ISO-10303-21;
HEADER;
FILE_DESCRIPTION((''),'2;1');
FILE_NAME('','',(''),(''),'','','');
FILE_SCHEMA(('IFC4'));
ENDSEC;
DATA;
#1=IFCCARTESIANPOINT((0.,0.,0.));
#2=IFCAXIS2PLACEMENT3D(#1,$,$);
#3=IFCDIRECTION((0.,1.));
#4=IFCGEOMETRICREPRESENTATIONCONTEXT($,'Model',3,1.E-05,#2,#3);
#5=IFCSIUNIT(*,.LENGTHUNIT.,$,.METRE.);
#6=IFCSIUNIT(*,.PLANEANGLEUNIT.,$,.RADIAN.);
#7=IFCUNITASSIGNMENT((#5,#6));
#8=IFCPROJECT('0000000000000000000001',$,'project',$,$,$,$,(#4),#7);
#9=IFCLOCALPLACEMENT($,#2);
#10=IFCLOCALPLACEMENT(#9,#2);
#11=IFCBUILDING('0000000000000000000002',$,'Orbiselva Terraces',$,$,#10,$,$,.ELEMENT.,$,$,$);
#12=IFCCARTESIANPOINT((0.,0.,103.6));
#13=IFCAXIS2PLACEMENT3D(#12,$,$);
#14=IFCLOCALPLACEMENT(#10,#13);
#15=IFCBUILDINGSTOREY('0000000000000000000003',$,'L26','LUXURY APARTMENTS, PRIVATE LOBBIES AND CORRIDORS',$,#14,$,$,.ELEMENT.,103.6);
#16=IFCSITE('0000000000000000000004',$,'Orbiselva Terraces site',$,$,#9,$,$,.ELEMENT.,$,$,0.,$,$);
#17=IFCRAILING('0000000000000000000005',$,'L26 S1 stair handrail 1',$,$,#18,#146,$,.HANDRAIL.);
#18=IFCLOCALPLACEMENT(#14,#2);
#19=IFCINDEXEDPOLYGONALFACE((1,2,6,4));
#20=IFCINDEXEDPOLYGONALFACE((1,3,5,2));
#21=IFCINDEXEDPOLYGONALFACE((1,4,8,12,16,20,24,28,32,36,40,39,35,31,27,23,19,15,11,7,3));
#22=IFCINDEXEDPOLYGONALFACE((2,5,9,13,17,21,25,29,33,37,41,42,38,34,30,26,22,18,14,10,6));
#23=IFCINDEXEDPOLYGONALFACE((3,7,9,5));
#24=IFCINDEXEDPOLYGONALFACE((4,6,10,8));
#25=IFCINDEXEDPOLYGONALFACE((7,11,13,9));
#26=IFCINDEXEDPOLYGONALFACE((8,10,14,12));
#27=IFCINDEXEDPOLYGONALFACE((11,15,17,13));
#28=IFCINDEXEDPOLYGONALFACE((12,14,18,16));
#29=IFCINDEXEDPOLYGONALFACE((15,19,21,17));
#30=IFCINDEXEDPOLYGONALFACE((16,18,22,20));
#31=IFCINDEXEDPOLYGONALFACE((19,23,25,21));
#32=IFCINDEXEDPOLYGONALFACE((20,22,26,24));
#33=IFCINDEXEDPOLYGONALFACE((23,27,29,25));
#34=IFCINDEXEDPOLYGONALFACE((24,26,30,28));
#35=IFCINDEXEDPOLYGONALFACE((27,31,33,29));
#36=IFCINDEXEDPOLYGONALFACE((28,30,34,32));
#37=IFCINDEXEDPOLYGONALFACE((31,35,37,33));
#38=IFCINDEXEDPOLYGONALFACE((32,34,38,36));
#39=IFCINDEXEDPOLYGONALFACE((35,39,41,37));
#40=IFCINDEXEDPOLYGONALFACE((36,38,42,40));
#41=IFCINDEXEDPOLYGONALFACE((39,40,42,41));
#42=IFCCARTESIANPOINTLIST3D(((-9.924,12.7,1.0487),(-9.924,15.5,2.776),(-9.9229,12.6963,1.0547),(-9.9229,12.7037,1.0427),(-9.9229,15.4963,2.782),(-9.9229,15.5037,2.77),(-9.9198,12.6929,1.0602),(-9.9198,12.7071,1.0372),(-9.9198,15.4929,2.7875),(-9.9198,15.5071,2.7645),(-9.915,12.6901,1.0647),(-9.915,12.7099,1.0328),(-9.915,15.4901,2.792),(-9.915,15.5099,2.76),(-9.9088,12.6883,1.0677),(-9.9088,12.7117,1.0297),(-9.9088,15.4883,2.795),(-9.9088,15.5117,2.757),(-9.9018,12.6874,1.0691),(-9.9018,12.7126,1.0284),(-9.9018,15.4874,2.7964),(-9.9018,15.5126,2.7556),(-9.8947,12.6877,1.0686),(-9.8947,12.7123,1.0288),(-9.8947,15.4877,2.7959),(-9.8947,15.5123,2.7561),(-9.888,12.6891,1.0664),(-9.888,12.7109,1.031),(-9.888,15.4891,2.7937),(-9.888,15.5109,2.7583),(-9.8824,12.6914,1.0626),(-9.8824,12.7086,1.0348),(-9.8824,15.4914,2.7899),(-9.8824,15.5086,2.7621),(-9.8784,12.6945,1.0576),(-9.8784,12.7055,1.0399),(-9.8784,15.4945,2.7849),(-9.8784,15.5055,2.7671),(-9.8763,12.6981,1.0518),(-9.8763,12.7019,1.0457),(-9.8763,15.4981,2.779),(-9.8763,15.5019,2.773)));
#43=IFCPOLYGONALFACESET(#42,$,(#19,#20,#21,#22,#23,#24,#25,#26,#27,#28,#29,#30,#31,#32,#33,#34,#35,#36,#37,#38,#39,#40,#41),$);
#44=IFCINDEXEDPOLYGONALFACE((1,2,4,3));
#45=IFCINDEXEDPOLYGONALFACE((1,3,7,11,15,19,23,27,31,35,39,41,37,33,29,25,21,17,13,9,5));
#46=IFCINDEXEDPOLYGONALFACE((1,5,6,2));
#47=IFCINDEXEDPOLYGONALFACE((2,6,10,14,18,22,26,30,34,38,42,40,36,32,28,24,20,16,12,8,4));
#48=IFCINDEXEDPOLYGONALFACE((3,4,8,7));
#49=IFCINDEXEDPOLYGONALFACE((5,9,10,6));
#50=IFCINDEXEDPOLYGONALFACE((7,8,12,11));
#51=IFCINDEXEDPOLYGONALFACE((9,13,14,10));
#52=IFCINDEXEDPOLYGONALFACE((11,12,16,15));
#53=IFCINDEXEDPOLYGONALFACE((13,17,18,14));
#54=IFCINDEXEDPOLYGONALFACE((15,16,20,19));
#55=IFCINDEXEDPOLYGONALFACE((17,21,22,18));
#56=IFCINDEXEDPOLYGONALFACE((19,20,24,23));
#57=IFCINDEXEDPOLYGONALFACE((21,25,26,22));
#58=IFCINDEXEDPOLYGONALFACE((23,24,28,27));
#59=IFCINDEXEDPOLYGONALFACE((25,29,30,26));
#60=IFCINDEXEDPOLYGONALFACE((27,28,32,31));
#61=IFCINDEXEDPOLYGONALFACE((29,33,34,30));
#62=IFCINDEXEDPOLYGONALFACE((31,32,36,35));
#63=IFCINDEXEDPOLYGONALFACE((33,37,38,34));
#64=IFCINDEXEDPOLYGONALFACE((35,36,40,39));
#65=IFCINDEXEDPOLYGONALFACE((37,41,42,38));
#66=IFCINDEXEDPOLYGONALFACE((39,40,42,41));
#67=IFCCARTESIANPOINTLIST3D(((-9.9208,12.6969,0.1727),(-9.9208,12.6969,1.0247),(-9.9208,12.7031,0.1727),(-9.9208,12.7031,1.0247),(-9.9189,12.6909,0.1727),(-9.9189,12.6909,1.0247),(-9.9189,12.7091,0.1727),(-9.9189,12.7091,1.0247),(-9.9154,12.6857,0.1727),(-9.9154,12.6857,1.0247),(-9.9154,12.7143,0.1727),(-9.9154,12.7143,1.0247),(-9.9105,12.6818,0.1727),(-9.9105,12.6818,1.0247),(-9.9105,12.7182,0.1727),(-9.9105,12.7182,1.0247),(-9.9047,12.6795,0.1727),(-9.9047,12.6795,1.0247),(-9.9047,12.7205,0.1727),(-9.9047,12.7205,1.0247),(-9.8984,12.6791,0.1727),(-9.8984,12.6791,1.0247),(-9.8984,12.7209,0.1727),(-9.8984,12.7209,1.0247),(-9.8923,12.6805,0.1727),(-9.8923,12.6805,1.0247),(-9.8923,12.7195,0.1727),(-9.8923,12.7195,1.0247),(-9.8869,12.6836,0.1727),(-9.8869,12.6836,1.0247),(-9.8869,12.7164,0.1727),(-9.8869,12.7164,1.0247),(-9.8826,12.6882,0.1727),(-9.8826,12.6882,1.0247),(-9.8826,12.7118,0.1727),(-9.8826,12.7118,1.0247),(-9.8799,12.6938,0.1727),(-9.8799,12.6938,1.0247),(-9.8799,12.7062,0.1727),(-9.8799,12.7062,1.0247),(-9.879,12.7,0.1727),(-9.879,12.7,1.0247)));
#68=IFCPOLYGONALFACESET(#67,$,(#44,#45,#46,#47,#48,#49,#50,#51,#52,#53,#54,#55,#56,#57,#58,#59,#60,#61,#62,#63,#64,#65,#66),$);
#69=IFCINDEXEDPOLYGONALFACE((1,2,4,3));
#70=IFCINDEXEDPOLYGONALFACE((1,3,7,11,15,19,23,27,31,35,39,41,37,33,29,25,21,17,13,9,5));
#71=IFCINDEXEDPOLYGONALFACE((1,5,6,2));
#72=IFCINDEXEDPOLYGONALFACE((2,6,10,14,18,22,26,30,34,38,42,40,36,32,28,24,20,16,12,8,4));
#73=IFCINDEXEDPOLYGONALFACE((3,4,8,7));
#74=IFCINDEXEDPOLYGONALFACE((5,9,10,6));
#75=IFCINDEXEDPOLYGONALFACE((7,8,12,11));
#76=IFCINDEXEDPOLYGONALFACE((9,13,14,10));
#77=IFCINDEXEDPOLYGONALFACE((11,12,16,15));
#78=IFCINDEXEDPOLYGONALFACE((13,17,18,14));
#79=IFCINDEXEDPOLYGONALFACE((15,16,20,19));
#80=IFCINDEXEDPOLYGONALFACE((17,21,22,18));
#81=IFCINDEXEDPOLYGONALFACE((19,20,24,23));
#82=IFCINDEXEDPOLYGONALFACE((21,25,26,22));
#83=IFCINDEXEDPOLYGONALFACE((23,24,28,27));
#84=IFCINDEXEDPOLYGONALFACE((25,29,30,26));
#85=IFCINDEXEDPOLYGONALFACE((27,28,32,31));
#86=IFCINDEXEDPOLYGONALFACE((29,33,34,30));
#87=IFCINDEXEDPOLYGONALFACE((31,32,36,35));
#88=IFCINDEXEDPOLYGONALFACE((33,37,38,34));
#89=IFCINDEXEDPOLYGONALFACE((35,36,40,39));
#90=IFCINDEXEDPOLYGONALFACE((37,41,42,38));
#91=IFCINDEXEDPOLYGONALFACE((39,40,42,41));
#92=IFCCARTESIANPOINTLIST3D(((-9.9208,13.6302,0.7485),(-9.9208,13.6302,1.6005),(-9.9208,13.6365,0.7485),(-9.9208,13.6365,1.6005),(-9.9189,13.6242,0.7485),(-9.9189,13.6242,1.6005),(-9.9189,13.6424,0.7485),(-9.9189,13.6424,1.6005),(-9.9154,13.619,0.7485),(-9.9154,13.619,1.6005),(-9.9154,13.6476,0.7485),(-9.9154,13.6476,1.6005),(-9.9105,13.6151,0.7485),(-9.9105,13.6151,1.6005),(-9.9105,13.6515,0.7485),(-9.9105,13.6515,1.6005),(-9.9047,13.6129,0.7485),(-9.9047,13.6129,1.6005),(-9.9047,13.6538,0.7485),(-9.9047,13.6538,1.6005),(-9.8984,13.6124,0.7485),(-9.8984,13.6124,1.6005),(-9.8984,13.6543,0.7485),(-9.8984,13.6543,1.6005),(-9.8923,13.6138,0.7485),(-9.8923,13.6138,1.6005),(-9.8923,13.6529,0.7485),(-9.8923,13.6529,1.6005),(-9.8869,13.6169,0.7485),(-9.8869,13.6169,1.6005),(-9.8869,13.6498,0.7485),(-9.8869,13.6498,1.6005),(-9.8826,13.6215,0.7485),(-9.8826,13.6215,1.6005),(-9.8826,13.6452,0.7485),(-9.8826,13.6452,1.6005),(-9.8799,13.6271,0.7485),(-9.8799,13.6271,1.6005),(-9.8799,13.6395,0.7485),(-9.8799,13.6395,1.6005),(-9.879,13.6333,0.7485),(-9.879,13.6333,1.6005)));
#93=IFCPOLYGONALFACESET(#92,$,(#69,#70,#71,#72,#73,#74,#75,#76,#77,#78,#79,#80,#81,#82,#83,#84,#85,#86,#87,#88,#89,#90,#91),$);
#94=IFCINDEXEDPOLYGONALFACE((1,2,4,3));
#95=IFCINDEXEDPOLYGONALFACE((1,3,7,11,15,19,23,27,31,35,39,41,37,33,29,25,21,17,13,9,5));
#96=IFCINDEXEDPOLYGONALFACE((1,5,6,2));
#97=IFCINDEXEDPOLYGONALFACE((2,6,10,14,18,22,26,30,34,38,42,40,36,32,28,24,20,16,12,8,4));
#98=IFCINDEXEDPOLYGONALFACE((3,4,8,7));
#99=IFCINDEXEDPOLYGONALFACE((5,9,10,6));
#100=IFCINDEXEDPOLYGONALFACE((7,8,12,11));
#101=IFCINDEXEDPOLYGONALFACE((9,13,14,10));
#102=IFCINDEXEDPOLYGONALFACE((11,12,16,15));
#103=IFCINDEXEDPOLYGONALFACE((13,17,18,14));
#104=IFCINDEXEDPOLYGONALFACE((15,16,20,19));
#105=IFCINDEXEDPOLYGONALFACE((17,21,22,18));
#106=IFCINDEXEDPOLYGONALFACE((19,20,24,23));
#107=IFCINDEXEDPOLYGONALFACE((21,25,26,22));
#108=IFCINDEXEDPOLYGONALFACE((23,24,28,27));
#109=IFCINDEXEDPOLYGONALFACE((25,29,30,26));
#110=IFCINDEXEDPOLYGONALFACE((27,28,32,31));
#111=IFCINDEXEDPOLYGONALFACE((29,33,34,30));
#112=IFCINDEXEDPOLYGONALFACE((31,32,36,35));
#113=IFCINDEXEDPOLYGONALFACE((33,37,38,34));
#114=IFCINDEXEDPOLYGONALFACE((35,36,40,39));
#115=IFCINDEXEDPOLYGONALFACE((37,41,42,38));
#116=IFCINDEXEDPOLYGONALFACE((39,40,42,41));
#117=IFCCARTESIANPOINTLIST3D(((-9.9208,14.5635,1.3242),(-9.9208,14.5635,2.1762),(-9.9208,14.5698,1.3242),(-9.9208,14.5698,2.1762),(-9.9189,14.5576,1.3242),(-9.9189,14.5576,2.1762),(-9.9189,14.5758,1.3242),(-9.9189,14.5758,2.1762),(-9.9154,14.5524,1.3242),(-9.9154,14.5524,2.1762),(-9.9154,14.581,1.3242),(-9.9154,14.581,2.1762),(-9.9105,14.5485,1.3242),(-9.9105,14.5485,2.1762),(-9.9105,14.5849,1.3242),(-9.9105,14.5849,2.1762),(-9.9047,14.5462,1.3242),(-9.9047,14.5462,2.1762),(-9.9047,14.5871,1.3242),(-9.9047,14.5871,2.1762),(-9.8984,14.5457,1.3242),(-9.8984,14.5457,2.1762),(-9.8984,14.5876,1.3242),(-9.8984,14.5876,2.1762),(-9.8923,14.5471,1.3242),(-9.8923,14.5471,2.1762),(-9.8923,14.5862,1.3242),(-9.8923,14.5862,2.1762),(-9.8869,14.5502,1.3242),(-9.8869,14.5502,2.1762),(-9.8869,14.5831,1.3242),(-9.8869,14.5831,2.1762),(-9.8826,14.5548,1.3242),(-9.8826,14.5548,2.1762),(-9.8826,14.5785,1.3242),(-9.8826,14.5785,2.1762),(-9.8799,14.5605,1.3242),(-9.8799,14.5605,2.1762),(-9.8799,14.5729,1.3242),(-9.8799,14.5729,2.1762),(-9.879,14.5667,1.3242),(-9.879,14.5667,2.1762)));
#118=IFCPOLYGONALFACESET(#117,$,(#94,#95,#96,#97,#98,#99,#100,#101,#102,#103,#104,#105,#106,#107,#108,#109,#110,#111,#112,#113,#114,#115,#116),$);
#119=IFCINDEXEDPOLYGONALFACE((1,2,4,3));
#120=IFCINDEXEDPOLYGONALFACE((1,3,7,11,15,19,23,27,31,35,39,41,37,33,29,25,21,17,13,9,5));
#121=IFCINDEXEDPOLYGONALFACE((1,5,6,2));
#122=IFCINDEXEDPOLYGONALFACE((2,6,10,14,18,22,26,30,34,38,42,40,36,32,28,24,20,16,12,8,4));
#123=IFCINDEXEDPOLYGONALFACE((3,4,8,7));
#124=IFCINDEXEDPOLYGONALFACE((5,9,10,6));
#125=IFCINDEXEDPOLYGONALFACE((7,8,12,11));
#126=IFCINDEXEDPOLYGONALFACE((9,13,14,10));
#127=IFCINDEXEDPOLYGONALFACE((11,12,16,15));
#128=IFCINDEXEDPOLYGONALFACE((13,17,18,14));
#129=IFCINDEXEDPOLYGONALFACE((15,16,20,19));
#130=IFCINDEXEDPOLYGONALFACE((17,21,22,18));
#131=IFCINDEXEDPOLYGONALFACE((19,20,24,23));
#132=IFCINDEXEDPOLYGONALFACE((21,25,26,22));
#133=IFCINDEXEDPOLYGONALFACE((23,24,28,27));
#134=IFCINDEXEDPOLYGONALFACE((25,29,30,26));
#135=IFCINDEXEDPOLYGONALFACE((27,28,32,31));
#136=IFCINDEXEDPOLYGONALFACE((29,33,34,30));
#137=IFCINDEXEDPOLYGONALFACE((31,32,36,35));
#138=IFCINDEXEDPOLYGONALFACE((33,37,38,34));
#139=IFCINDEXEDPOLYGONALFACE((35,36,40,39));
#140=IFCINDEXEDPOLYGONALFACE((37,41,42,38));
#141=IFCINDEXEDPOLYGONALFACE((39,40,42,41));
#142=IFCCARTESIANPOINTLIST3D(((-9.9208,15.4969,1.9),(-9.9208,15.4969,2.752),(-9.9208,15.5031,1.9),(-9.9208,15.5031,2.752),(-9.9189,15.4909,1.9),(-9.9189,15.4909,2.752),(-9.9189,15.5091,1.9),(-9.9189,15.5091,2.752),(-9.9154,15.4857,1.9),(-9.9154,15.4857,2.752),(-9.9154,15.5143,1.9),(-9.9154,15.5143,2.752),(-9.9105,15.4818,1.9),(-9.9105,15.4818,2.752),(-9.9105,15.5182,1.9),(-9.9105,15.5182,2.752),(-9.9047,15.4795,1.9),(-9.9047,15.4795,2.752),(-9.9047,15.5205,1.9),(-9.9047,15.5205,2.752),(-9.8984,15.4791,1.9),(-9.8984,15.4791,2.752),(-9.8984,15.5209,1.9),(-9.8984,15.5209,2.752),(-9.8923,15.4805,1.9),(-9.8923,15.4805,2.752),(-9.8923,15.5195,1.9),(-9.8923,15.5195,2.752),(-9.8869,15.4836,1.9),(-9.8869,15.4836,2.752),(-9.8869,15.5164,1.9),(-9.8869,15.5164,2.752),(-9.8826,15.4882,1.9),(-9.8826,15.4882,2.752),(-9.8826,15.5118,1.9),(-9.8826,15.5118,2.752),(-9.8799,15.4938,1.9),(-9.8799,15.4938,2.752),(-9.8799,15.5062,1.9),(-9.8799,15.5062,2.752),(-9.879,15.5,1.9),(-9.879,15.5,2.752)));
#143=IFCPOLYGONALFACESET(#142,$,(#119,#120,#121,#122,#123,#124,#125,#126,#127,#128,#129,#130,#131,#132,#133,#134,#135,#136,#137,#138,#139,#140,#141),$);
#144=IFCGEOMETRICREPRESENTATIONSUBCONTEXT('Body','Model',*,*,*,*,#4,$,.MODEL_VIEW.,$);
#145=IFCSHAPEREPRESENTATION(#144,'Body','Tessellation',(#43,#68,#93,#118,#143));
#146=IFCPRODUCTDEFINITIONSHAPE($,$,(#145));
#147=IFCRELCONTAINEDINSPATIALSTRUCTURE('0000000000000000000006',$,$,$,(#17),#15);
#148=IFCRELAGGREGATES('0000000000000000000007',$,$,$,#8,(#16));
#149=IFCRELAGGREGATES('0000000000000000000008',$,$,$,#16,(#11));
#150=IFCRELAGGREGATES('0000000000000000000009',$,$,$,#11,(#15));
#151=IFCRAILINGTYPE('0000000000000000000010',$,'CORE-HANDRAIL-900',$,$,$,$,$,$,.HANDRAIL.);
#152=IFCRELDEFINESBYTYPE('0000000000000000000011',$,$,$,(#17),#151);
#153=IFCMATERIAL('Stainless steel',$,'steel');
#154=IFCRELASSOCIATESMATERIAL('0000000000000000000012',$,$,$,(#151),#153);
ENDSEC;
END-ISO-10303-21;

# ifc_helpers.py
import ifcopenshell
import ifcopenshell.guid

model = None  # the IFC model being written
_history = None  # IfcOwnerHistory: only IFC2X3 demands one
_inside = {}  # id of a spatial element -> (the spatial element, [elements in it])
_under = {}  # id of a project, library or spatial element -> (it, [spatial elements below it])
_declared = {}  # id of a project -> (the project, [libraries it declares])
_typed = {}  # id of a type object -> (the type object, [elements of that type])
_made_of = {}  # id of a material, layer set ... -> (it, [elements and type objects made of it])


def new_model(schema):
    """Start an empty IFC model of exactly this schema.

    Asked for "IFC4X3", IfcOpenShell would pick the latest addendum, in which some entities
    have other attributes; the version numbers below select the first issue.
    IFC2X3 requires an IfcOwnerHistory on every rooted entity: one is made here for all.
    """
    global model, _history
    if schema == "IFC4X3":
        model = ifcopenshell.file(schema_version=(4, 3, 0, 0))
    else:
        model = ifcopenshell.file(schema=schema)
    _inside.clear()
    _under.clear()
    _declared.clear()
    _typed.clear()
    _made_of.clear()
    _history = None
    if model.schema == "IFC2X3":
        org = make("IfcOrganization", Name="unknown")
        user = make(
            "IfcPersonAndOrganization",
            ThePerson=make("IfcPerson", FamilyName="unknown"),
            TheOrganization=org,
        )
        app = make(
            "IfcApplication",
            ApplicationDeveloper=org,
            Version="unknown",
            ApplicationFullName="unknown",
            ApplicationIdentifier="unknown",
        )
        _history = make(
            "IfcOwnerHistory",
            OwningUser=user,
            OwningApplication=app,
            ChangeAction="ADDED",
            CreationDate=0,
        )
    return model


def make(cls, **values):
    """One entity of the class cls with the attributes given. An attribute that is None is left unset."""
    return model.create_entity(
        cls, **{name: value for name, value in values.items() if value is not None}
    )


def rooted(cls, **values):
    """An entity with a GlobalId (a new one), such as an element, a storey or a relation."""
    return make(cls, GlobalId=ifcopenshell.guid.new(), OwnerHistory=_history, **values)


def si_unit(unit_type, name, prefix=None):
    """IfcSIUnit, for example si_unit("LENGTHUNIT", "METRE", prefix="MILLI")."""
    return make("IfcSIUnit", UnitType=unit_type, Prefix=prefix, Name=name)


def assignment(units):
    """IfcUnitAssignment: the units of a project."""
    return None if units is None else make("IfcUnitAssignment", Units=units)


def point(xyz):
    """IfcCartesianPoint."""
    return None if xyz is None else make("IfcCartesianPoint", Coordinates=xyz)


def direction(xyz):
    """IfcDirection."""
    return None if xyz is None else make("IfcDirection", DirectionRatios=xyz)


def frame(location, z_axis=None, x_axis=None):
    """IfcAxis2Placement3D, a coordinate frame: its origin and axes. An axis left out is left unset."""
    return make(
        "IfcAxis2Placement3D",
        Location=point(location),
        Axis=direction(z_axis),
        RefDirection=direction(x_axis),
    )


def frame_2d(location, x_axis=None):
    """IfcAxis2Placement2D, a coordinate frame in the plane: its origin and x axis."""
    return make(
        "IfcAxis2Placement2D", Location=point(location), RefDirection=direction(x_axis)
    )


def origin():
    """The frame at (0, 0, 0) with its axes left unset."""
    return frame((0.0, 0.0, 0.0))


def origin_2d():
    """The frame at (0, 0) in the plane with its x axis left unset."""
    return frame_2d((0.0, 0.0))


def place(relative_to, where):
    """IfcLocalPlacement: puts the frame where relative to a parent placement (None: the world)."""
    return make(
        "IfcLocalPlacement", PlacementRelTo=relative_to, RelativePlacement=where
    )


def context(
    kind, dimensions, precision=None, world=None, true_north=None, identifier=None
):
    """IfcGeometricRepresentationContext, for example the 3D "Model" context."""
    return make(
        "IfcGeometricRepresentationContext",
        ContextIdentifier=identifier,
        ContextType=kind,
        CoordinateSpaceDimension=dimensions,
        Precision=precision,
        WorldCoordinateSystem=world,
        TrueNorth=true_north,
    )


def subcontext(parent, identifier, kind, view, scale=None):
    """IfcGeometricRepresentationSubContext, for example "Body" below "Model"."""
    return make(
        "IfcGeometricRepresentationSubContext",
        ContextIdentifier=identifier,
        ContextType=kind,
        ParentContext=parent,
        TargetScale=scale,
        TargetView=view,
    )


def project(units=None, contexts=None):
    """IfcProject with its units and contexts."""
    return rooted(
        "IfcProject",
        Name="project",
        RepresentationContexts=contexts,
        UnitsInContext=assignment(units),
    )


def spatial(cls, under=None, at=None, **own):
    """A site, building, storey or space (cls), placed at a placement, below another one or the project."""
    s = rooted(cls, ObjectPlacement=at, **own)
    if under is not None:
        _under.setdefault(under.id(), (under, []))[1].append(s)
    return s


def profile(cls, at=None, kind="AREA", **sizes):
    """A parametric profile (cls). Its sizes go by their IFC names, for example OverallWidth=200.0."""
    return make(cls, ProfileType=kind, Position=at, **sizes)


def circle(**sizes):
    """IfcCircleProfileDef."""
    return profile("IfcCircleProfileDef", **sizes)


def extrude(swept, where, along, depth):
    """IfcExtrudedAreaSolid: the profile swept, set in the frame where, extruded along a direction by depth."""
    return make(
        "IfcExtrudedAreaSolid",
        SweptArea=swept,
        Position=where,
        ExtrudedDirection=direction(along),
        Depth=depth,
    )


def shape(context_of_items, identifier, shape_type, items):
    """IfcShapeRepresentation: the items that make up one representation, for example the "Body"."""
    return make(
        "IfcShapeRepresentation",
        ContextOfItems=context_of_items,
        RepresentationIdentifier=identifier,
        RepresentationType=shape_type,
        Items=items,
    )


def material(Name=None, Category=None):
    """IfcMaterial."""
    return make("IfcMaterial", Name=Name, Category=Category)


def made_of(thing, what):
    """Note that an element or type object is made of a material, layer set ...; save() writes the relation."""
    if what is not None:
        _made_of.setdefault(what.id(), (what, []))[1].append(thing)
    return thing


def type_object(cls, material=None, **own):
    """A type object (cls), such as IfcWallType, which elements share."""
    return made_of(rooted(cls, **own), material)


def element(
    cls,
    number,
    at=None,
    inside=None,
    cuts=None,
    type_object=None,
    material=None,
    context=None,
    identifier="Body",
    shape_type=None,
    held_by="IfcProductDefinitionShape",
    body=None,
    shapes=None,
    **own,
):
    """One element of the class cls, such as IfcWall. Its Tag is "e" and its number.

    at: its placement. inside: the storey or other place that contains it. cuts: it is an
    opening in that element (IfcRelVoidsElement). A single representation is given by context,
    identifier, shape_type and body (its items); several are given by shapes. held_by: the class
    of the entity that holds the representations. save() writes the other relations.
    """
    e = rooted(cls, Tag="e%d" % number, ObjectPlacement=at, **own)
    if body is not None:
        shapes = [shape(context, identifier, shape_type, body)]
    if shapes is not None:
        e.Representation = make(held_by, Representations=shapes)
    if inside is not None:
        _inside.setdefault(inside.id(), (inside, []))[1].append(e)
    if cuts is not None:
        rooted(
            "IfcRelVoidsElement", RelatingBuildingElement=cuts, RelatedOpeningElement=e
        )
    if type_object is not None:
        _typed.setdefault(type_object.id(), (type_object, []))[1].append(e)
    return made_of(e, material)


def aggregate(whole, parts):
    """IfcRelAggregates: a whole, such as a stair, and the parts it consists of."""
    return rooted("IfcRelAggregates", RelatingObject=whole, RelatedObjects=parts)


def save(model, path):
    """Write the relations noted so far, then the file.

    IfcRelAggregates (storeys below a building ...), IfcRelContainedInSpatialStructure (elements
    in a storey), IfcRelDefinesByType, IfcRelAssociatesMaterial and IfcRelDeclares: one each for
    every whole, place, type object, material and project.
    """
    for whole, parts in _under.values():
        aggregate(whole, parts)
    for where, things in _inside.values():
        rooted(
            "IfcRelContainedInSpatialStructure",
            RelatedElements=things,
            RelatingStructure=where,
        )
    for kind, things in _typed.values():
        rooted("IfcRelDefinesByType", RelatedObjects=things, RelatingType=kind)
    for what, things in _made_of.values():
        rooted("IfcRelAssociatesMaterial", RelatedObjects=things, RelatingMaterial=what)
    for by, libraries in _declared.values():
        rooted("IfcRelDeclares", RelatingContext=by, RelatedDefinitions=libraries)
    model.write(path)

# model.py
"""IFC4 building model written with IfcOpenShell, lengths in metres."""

from ifc_helpers import new_model, si_unit, direction, frame, origin, origin_2d, place, context, subcontext, project, spatial, circle, extrude, material, type_object, element, save


model = new_model("IFC4")

# Units and contexts
model_context = context("Model", 3, precision=1e-05, world=origin(), true_north=direction((0.0, 1.0)))
body_context = subcontext(model_context, "Body", "Model", "MODEL_VIEW")
ifc_project = project(units=[si_unit("LENGTHUNIT", "METRE"), si_unit("PLANEANGLEUNIT", "RADIAN")], contexts=[model_context])

# Site, building, storey
site_placement = place(None, origin())
site = spatial("IfcSite", under=ifc_project, at=site_placement, Name="Orbiselva Terraces site", CompositionType="ELEMENT", RefElevation=0.0)
building_placement = place(site_placement, origin())
building = spatial("IfcBuilding", under=site, at=building_placement, Name="Orbiselva Terraces", CompositionType="ELEMENT")
storey_placement = place(building_placement, frame((0.0, 0.0, 103.6)))
storey = spatial("IfcBuildingStorey", under=building, at=storey_placement, Name="L26", Description="LUXURY APARTMENTS, PRIVATE LOBBIES AND CORRIDORS", CompositionType="ELEMENT", Elevation=103.6)

# Railing
ifc_material_1 = material(Name="Stainless steel", Category="steel")
railing_type_1 = type_object("IfcRailingType", Name="CORE-HANDRAIL-900", PredefinedType="HANDRAIL", material=ifc_material_1)
railing_1_placement = place(storey_placement, frame((-9.9, 12.7, 0.1727)))
element("IfcRailing", 1, at=railing_1_placement, inside=storey, type_object=railing_type_1, Name="L26 S1 stair handrail 1", PredefinedType="HANDRAIL", context=body_context, shape_type="SweptSolid", body=[
    extrude(circle(Radius=0.024, at=origin_2d()), frame((0.0, 0.0, 0.876), z_axis=(0.0, 0.851089, 0.525022), x_axis=(-1.0, 0.0, 0.0)), (0.0, 0.0, 1.0), 3.2899),
    extrude(circle(Radius=0.021, at=origin_2d()), origin(), (0.0, 0.0, 1.0), 0.852),
    extrude(circle(Radius=0.021, at=origin_2d()), frame((0.0, 0.9333, 0.5758)), (0.0, 0.0, 1.0), 0.852),
    extrude(circle(Radius=0.021, at=origin_2d()), frame((0.0, 1.8667, 1.1515)), (0.0, 0.0, 1.0), 0.852),
    extrude(circle(Radius=0.021, at=origin_2d()), frame((0.0, 2.8, 1.7273)), (0.0, 0.0, 1.0), 0.852),
])

save(model, "model.ifc")
